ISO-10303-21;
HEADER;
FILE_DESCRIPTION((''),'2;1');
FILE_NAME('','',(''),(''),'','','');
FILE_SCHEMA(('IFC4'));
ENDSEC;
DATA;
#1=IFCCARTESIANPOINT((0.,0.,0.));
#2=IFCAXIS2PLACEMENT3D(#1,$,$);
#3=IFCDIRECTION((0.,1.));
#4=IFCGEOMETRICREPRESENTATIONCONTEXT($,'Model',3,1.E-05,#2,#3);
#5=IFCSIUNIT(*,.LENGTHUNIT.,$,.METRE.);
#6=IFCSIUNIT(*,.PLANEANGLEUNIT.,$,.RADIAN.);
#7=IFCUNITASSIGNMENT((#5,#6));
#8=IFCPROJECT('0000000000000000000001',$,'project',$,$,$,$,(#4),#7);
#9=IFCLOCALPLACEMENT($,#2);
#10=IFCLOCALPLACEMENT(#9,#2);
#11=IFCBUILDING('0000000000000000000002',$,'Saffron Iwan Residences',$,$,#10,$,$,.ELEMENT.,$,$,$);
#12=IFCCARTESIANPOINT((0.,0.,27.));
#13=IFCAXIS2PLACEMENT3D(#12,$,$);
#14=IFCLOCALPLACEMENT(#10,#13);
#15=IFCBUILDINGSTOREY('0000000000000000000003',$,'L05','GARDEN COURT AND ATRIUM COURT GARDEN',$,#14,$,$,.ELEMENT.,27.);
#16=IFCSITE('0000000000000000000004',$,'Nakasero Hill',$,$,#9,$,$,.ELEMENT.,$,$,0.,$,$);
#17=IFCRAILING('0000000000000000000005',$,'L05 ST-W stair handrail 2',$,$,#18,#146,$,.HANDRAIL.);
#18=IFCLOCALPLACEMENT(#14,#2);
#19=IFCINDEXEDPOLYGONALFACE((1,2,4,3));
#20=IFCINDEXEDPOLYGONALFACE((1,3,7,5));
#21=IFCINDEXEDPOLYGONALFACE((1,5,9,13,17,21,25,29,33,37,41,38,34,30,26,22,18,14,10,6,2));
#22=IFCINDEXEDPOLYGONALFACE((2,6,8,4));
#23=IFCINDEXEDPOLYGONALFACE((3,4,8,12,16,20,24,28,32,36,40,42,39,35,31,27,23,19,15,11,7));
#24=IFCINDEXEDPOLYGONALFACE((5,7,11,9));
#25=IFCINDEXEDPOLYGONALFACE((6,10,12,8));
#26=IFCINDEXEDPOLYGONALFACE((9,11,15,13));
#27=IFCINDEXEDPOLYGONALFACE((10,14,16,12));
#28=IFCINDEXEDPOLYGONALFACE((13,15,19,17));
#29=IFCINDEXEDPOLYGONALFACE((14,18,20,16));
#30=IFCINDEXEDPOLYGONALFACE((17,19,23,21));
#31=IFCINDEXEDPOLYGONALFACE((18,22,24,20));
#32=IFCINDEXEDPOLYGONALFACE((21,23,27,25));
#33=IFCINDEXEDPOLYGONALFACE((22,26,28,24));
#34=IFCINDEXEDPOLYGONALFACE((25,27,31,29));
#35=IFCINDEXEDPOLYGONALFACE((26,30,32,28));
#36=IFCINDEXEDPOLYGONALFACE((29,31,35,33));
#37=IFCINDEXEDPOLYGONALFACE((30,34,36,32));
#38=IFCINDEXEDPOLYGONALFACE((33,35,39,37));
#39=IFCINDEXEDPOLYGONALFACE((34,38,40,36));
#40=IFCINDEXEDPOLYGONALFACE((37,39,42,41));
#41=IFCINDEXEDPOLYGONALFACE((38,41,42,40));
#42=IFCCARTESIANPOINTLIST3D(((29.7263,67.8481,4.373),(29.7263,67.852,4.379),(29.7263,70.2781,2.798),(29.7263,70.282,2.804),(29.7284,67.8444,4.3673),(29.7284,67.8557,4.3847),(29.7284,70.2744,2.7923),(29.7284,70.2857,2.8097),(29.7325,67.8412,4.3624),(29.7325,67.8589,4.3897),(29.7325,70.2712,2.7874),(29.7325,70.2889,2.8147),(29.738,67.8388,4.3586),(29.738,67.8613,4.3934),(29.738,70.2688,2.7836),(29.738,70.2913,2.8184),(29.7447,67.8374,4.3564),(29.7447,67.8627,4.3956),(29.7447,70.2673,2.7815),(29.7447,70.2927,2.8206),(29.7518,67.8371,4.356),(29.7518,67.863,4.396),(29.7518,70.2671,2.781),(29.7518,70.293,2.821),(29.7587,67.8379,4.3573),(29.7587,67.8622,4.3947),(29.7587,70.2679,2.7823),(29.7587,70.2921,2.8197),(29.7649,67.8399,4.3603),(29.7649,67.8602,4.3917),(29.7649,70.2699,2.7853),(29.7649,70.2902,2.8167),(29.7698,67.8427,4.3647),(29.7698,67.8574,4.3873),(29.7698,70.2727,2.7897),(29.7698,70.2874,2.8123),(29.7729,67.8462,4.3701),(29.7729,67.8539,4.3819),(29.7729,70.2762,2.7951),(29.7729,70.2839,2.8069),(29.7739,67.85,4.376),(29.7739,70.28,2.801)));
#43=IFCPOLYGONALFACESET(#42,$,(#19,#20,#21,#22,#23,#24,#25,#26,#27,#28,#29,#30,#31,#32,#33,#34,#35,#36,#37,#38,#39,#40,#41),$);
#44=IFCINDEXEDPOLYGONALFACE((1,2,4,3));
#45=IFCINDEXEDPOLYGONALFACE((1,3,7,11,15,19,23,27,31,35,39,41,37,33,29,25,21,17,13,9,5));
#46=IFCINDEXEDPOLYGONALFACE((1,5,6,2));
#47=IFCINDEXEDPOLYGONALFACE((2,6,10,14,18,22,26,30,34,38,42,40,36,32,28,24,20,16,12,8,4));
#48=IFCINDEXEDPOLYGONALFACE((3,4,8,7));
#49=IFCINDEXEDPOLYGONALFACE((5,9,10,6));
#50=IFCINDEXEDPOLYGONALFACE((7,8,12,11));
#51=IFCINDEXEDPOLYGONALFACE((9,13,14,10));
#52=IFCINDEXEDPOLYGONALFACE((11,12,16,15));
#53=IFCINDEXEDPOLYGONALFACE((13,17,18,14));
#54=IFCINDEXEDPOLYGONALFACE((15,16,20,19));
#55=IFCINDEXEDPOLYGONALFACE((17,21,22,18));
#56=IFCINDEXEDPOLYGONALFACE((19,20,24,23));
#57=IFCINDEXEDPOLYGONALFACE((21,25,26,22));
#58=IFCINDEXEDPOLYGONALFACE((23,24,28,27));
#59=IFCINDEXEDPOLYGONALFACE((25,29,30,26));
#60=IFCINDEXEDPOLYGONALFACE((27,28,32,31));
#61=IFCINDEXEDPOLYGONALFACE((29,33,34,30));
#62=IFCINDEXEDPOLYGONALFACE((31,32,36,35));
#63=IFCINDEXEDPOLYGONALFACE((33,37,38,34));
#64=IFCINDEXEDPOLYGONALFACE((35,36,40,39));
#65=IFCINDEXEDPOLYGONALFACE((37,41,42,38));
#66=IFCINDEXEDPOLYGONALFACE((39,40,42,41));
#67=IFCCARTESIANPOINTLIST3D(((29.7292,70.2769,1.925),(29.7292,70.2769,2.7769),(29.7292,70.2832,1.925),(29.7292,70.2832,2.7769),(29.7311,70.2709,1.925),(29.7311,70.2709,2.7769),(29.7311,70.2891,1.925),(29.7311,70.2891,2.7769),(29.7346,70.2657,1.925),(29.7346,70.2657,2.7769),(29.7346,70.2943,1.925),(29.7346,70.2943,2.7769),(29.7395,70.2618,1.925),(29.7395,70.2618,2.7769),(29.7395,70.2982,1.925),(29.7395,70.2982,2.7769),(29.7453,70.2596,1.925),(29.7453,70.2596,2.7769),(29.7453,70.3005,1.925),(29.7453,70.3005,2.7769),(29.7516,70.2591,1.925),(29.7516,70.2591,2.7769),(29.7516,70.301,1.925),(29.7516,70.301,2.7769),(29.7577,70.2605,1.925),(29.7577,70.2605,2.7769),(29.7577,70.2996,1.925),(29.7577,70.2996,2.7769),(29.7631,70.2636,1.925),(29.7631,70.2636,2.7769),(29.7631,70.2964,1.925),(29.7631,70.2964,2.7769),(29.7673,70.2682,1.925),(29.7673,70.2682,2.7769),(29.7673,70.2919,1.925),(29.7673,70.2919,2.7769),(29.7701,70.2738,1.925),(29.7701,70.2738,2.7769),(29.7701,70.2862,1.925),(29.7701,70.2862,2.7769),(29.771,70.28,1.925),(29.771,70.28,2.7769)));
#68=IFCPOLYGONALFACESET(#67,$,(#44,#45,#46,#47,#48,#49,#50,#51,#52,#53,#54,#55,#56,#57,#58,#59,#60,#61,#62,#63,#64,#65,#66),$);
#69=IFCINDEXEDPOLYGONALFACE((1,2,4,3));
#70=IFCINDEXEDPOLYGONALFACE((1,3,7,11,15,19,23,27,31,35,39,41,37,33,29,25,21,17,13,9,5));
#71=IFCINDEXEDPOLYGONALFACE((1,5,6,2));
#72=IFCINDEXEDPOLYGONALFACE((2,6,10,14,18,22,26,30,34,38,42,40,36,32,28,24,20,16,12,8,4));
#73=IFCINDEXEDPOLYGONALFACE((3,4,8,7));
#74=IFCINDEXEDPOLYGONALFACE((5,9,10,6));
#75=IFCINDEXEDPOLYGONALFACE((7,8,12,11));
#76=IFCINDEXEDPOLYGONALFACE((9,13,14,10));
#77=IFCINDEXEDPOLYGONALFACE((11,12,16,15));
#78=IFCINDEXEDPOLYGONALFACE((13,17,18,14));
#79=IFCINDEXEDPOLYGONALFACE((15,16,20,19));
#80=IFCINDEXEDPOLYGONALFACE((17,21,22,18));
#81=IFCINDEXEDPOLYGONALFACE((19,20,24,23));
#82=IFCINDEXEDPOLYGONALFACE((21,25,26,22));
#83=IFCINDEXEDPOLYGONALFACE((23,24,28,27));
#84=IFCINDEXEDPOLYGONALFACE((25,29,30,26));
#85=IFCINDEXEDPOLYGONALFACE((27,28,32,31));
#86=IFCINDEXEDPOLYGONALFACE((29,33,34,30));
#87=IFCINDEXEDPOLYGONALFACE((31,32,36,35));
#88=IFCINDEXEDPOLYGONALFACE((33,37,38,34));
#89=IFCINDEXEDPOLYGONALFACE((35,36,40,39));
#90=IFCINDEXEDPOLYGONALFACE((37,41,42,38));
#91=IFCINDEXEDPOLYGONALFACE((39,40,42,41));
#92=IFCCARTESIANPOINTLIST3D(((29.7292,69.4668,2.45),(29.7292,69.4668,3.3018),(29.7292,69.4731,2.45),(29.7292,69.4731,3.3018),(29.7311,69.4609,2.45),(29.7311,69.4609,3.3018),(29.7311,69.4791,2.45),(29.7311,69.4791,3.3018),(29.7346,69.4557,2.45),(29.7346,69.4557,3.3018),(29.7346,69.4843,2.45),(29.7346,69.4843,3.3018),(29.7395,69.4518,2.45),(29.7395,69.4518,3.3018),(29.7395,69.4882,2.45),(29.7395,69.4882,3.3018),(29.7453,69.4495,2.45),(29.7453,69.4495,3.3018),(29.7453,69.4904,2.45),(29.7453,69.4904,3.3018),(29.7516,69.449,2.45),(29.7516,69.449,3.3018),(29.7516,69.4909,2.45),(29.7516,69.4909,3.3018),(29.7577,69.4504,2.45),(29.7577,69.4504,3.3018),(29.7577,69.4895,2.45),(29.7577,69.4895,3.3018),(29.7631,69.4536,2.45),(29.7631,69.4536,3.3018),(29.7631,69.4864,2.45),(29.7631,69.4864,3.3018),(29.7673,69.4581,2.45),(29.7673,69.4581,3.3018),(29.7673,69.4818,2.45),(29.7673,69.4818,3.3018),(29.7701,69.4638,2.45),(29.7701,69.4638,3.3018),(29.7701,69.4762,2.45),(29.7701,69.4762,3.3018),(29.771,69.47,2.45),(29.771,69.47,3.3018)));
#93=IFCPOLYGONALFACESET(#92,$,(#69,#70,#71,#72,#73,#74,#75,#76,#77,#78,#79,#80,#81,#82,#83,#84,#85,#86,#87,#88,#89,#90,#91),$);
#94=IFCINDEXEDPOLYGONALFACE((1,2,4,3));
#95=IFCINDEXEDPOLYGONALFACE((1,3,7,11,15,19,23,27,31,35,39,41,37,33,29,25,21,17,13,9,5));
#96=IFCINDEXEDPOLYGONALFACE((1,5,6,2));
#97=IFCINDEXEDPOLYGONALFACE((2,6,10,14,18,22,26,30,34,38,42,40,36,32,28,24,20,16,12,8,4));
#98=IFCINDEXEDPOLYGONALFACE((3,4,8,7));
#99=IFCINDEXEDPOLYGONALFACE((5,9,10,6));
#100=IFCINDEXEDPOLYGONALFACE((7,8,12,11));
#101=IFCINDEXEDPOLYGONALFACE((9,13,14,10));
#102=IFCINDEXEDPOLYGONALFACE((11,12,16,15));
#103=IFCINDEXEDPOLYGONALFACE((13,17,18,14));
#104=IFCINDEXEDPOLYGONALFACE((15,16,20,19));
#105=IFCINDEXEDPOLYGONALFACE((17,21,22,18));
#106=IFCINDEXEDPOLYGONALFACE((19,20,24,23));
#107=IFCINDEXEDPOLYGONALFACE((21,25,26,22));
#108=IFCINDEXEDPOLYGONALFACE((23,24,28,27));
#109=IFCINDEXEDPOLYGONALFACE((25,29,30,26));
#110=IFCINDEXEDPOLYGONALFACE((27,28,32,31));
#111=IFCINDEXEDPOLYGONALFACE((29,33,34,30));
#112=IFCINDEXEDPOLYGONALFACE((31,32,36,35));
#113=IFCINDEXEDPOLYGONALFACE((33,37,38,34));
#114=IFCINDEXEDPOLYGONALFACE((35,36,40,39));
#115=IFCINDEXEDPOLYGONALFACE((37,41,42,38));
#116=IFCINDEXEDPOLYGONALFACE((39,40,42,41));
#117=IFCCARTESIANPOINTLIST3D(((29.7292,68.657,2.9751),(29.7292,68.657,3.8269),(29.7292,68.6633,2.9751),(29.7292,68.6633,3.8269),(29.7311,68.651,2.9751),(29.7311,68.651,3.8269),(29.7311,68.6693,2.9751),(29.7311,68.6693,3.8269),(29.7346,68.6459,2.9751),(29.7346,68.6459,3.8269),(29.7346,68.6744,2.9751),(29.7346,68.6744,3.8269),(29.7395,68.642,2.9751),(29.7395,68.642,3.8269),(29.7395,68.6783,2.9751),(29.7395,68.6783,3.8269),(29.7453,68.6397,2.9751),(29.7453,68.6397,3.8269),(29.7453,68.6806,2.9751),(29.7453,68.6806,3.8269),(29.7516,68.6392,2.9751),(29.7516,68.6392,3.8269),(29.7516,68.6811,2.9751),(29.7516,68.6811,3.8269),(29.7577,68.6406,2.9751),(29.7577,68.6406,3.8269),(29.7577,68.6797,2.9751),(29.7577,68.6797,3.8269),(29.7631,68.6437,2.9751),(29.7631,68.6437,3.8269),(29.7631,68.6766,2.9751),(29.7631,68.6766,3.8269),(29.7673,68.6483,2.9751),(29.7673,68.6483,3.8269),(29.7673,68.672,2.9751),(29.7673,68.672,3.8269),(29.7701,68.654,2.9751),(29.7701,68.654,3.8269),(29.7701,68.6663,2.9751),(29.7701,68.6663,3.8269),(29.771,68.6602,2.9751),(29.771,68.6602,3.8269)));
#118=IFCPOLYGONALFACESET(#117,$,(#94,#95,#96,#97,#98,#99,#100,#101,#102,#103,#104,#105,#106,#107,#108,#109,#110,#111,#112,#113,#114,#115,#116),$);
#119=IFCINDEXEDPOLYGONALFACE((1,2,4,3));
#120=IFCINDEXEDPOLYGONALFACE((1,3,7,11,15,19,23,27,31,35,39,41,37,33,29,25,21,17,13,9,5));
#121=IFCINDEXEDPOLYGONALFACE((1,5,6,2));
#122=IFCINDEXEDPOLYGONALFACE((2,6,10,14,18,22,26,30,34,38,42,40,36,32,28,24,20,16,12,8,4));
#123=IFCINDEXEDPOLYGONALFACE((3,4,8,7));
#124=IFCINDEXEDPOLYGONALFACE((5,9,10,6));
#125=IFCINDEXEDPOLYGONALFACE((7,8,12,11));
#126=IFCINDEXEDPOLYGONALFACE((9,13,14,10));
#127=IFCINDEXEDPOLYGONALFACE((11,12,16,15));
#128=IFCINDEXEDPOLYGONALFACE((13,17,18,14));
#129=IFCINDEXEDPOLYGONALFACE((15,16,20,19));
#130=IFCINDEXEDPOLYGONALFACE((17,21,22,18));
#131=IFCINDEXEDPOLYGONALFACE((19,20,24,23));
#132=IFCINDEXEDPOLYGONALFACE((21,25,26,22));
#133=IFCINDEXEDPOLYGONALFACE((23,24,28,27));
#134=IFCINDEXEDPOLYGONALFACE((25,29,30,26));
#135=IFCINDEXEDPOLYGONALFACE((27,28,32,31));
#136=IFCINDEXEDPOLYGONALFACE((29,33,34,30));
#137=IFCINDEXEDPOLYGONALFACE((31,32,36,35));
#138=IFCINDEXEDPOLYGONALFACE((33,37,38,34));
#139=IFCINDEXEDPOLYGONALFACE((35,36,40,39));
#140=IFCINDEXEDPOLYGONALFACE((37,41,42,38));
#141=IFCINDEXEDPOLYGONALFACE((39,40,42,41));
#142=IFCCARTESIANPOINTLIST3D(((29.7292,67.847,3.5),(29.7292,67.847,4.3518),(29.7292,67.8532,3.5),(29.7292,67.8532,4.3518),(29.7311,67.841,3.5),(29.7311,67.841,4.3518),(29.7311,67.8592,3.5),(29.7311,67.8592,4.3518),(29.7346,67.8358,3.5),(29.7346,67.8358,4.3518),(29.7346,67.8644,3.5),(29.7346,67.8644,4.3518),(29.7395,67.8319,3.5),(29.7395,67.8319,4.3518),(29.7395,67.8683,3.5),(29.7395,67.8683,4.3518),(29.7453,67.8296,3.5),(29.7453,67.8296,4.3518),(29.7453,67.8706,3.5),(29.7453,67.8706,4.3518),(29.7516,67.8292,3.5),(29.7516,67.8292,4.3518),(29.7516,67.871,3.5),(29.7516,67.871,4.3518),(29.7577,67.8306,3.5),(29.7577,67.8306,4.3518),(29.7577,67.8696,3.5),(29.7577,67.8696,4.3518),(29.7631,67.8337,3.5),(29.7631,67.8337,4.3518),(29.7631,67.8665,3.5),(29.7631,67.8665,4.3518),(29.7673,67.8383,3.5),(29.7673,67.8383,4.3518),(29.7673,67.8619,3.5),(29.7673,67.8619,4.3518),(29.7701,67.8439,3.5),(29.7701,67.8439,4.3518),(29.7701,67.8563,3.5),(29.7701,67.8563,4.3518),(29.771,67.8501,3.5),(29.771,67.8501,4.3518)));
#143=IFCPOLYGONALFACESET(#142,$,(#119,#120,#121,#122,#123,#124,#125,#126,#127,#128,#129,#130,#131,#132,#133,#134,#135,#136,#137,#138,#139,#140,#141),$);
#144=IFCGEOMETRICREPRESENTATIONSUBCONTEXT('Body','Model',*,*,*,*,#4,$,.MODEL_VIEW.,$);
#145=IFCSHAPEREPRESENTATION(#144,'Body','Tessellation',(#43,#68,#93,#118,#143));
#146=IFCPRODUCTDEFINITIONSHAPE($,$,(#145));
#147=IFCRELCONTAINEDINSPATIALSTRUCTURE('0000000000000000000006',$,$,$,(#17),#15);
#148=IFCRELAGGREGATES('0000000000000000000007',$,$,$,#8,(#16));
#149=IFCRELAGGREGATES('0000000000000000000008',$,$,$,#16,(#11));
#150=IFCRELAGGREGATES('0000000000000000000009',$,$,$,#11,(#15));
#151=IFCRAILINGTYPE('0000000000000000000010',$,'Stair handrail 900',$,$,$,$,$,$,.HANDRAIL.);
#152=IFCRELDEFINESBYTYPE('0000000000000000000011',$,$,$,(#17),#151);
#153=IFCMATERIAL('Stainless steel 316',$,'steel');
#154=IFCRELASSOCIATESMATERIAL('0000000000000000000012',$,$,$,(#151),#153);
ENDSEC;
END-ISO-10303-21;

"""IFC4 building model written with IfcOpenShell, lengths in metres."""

from ifc_helpers import new_model, si_unit, direction, frame, origin, origin_2d, place, context, subcontext, project, spatial, circle, extrude, material, type_object, element, save


model = new_model("IFC4")

# Units and contexts
model_context = context("Model", 3, precision=1e-05, world=origin(), true_north=direction((0.0, 1.0)))
body_context = subcontext(model_context, "Body", "Model", "MODEL_VIEW")
ifc_project = project(units=[si_unit("LENGTHUNIT", "METRE"), si_unit("PLANEANGLEUNIT", "RADIAN")], contexts=[model_context])

# Site, building, storey
site_placement = place(None, origin())
site = spatial("IfcSite", under=ifc_project, at=site_placement, Name="Nakasero Hill", CompositionType="ELEMENT", RefElevation=0.0)
building_placement = place(site_placement, origin())
building = spatial("IfcBuilding", under=site, at=building_placement, Name="Saffron Iwan Residences", CompositionType="ELEMENT")
storey_placement = place(building_placement, frame((0.0, 0.0, 27.0)))
storey = spatial("IfcBuildingStorey", under=building, at=storey_placement, Name="L05", Description="GARDEN COURT AND ATRIUM COURT GARDEN", CompositionType="ELEMENT", Elevation=27.0)

# Railing
ifc_material_1 = material(Name="Stainless steel 316", Category="steel")
railing_type_1 = type_object("IfcRailingType", Name="Stair handrail 900", PredefinedType="HANDRAIL", material=ifc_material_1)
railing_1_placement = place(storey_placement, frame((29.75, 70.28, 1.925)))
element("IfcRailing", 1, at=railing_1_placement, inside=storey, type_object=railing_type_1, Name="L05 ST-W stair handrail 2", PredefinedType="HANDRAIL", context=body_context, shape_type="SweptSolid", body=[
    extrude(circle(Radius=0.0239, at=origin_2d()), frame((0.0, 0.0, 0.876), z_axis=(0.0, -0.839154, 0.543894), x_axis=(1.0, 0.0, 0.0)), (0.0, 0.0, 1.0), 2.8958),
    extrude(circle(Radius=0.021, at=origin_2d()), origin(), (0.0, 0.0, 1.0), 0.8518),
    extrude(circle(Radius=0.021, at=origin_2d()), frame((0.0, -0.8101, 0.5249)), (0.0, 0.0, 1.0), 0.8518),
    extrude(circle(Radius=0.021, at=origin_2d()), frame((0.0, -1.6199, 1.05)), (0.0, 0.0, 1.0), 0.8518),
    extrude(circle(Radius=0.021, at=origin_2d()), frame((0.0, -2.4299, 1.575)), (0.0, 0.0, 1.0), 0.8518),
])

save(model, "model.ifc")
